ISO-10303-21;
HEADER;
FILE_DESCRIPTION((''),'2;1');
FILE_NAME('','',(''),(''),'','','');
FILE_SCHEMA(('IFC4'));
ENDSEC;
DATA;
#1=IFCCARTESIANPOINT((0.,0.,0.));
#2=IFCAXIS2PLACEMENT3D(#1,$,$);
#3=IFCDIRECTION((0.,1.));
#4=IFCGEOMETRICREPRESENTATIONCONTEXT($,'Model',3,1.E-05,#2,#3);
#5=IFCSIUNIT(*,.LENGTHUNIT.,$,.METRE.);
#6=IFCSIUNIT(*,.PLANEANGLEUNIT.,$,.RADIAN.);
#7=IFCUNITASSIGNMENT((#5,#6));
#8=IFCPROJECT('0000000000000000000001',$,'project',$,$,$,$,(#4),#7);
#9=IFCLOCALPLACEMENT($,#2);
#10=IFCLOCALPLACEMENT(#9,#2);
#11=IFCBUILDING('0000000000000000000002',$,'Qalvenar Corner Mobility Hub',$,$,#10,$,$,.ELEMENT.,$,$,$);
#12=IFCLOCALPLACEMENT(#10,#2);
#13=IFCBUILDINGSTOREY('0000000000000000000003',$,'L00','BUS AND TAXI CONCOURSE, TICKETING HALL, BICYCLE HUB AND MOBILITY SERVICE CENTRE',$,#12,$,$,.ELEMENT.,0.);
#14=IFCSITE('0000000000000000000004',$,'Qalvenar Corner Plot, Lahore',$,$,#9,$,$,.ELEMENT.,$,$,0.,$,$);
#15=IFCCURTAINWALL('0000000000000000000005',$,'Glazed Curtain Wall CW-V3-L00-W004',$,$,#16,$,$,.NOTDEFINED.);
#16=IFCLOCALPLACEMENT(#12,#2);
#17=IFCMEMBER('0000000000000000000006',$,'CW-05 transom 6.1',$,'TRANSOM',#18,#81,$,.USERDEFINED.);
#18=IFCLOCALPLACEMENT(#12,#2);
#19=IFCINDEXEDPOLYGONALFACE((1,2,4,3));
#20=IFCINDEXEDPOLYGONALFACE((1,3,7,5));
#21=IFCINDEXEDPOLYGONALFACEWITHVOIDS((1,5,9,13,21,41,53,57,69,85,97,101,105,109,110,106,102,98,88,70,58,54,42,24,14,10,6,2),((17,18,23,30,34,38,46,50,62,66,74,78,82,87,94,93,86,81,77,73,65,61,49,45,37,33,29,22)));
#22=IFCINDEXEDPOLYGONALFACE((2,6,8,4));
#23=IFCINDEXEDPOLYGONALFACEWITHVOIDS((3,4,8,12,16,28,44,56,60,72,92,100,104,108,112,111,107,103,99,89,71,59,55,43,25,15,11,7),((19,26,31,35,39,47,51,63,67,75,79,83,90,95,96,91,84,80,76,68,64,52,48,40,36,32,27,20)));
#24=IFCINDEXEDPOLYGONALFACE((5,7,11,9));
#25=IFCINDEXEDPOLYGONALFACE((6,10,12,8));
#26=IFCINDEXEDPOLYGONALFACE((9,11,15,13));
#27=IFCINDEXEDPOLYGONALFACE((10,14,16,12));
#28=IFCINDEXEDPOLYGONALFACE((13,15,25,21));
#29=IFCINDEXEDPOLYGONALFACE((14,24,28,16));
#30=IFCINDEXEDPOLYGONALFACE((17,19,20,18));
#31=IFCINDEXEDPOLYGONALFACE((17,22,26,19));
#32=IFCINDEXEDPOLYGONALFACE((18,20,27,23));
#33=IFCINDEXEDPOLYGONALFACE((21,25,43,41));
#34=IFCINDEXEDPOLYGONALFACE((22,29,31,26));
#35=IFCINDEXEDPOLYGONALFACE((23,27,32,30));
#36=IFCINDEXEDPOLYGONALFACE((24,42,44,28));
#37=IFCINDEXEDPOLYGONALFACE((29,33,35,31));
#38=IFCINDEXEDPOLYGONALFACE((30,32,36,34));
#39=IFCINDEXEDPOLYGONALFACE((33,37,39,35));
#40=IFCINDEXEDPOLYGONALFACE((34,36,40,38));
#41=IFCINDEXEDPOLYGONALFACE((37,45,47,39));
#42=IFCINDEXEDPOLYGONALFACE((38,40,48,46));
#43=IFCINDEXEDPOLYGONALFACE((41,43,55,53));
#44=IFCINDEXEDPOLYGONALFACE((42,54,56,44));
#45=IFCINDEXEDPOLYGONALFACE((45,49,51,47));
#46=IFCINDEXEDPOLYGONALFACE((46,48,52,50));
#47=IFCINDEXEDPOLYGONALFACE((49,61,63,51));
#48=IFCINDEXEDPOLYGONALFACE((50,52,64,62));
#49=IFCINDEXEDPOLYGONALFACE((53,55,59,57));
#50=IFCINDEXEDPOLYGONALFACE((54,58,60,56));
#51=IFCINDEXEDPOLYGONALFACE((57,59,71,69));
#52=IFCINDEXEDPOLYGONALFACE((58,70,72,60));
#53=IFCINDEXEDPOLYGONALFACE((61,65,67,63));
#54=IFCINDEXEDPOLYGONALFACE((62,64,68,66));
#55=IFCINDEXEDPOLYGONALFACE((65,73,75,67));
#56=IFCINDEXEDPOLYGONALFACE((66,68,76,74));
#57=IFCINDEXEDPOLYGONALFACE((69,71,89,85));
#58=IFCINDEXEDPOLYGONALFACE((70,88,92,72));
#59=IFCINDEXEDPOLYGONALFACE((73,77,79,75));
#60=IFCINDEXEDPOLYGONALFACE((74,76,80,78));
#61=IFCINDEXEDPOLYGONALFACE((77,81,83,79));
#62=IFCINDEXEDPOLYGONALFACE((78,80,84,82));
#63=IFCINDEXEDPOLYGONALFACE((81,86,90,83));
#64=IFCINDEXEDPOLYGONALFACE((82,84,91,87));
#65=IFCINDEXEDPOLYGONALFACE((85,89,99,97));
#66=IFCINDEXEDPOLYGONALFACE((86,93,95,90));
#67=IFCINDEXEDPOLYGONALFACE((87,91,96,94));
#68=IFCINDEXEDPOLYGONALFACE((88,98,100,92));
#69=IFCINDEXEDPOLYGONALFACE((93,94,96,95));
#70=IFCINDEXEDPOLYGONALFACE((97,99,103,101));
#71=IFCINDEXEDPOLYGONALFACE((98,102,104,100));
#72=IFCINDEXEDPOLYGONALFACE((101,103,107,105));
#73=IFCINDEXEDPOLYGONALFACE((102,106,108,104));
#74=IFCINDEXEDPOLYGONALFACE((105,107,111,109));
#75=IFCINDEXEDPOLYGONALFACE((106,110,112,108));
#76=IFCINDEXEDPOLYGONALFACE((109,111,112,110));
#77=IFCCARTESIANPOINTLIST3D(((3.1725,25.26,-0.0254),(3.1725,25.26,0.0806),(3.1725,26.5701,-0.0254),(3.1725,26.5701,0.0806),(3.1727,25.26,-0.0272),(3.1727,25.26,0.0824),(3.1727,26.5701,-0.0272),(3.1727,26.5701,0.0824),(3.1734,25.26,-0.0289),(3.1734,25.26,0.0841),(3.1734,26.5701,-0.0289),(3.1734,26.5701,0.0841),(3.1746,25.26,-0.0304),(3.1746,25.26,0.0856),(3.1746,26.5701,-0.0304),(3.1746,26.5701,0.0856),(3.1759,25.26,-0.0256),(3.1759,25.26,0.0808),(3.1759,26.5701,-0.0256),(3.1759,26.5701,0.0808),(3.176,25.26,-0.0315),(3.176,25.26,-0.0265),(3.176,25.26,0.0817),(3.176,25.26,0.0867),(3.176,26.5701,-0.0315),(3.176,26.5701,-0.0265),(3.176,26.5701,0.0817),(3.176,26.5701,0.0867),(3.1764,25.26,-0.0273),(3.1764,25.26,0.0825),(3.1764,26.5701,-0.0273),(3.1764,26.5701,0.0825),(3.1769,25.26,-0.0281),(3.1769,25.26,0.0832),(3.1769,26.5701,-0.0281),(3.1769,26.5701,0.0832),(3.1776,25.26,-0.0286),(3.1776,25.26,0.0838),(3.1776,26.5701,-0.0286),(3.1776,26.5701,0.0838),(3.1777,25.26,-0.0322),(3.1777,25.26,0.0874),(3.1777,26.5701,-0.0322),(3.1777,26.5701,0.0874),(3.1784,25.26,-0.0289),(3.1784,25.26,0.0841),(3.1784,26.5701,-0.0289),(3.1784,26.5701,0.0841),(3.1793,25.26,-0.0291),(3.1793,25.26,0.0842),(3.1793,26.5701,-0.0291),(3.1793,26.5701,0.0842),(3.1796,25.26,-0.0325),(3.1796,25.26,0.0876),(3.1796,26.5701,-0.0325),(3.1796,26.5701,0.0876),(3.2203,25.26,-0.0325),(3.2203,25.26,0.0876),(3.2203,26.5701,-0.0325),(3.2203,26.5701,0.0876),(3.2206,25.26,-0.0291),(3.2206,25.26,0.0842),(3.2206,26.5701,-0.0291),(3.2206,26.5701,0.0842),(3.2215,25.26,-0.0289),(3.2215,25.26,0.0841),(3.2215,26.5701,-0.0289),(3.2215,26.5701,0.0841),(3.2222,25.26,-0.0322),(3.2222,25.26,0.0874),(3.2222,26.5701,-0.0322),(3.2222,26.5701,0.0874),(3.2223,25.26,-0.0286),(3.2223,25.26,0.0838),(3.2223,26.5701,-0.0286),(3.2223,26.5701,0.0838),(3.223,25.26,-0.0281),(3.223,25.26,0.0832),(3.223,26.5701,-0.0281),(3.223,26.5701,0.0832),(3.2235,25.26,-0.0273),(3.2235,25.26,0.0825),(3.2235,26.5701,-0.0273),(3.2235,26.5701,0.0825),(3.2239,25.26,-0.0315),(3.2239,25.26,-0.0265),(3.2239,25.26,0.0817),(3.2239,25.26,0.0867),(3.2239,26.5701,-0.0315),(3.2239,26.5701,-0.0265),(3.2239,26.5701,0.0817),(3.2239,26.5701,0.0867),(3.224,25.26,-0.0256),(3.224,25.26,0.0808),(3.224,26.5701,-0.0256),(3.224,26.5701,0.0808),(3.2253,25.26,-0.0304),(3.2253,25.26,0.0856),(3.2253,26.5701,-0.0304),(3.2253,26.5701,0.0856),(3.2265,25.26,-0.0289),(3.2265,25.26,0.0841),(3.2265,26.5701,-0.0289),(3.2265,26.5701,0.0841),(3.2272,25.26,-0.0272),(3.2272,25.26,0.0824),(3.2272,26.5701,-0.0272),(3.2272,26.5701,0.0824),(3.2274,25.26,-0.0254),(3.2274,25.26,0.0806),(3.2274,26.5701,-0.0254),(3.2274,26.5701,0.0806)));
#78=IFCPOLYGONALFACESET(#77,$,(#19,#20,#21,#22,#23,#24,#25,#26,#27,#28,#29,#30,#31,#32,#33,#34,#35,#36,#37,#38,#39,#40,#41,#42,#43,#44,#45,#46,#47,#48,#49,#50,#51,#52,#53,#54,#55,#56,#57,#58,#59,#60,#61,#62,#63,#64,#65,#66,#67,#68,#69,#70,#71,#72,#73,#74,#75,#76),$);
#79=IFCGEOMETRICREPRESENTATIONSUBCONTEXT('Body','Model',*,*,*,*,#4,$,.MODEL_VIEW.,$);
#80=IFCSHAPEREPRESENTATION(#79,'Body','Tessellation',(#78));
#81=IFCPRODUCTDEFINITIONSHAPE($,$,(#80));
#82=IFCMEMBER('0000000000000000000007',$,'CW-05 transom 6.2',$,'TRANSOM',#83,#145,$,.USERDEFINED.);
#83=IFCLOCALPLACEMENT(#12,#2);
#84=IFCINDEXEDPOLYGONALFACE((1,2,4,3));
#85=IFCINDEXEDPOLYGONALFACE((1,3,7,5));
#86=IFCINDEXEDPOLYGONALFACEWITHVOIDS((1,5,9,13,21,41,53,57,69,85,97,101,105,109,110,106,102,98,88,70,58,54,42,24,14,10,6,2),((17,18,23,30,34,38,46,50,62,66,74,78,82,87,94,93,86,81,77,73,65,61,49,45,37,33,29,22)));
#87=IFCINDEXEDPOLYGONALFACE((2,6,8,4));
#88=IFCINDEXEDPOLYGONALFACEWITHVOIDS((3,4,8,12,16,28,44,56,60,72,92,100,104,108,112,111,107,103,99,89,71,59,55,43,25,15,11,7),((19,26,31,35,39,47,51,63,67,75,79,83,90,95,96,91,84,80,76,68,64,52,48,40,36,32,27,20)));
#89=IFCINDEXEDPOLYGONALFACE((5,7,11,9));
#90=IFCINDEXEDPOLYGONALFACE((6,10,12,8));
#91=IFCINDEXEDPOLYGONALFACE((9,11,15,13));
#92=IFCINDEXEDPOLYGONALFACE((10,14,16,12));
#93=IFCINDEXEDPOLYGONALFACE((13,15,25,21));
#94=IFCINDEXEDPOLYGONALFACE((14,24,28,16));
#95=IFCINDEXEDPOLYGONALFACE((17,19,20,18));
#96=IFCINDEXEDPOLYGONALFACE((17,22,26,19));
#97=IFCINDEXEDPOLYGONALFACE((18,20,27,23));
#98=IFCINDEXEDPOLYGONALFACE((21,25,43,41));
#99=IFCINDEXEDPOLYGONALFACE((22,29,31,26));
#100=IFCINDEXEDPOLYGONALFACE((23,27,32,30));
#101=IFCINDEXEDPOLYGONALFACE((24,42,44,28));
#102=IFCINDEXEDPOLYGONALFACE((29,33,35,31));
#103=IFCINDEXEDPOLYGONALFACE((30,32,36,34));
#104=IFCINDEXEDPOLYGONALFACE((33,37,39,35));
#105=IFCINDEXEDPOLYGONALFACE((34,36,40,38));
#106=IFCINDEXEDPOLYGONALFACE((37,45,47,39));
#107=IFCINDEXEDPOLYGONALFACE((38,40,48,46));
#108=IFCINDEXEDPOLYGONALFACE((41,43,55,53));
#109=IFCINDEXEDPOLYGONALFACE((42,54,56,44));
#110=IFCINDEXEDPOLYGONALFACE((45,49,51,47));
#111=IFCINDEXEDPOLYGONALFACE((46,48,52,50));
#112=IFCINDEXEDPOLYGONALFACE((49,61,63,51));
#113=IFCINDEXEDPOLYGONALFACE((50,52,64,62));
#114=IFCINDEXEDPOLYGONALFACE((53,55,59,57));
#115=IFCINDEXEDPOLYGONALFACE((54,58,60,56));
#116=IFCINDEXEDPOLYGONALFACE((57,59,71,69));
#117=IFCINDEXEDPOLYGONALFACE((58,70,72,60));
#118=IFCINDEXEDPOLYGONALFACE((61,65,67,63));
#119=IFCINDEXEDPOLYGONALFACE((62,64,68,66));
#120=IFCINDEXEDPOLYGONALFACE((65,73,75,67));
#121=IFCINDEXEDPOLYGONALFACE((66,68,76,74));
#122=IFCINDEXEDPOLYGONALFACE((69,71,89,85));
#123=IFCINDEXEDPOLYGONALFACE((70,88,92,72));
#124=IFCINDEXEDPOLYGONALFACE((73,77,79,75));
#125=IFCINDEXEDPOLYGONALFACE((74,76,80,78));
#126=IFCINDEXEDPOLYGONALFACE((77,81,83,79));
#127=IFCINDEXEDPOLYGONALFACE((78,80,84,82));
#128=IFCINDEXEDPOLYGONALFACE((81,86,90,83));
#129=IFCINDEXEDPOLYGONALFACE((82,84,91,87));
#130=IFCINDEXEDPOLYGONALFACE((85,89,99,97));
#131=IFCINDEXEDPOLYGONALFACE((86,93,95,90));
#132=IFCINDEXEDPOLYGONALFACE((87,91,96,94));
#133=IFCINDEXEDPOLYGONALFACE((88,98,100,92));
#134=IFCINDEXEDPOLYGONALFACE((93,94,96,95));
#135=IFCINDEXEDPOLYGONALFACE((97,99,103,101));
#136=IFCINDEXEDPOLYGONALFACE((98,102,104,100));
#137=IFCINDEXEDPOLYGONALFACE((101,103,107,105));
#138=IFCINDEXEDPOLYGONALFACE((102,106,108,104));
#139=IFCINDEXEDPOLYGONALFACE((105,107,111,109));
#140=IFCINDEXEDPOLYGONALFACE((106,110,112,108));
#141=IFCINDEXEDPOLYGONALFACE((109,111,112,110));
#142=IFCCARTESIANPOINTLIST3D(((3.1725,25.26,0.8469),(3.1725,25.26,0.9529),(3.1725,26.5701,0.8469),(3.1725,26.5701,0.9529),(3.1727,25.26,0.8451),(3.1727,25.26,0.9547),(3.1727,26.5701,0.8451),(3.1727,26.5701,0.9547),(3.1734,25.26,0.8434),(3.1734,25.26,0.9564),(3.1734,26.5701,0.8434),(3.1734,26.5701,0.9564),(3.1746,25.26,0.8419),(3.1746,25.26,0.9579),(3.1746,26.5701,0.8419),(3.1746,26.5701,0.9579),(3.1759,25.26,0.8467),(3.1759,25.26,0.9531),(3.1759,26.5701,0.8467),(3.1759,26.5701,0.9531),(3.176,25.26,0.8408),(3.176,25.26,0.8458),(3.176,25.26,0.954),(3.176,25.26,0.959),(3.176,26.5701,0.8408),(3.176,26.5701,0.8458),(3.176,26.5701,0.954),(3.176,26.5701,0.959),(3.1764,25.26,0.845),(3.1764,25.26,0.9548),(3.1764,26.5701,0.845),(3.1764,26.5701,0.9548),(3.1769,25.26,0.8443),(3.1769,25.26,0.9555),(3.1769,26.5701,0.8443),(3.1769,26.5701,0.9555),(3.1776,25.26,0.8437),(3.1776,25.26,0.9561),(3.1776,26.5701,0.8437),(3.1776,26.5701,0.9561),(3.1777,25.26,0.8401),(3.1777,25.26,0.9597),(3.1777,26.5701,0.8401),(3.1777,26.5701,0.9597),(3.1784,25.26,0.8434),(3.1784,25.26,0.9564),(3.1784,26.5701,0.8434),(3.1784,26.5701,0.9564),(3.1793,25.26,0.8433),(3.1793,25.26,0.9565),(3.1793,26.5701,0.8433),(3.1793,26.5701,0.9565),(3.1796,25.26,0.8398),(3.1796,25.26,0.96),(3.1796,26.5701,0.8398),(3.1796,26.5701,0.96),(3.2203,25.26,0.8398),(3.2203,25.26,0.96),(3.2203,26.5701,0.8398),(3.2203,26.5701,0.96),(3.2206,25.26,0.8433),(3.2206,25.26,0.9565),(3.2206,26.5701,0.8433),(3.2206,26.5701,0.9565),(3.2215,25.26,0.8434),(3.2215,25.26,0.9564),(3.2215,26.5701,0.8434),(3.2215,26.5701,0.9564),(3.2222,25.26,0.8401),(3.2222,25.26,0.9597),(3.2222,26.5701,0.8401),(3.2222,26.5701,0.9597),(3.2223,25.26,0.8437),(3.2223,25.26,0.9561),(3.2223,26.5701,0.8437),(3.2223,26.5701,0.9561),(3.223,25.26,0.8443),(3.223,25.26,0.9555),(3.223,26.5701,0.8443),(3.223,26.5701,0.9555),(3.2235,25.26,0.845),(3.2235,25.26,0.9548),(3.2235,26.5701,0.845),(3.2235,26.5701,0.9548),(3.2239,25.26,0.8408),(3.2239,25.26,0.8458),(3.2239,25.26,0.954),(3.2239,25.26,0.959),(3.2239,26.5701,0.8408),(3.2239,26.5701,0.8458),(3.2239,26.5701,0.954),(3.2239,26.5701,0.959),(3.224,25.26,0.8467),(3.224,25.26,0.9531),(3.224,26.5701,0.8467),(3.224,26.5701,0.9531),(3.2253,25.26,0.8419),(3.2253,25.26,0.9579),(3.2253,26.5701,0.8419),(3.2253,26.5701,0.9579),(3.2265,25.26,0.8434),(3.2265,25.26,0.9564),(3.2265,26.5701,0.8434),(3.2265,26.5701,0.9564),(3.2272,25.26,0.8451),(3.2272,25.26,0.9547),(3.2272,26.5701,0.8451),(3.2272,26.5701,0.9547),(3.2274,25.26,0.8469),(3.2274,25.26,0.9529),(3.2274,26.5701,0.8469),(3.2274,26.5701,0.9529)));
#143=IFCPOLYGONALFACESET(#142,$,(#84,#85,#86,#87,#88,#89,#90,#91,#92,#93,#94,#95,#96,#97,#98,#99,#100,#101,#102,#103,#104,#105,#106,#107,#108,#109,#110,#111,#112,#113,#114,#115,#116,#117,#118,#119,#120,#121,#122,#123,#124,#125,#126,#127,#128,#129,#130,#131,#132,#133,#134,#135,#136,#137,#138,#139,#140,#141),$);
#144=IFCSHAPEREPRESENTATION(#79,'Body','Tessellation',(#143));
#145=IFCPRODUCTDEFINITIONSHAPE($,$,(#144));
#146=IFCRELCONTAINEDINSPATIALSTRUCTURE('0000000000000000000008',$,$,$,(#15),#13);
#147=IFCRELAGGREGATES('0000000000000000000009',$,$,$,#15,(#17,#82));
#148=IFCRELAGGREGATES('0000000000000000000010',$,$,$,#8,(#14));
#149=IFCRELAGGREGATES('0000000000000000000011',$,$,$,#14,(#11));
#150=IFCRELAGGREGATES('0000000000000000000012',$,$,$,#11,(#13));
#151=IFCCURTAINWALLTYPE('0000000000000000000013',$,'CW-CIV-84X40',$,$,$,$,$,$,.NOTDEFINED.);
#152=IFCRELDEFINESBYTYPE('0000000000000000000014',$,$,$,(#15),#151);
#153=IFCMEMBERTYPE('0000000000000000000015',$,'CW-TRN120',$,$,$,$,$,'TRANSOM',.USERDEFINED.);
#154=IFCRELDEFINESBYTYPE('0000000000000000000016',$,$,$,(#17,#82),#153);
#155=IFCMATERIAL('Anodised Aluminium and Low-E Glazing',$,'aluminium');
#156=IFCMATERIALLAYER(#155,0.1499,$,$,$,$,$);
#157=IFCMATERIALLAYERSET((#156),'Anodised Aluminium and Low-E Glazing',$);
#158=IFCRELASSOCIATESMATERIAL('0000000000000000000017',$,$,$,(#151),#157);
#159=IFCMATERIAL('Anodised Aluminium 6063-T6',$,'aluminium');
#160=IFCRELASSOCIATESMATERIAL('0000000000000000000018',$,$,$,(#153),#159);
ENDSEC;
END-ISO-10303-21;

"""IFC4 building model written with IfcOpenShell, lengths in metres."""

from ifc_helpers import new_model, si_unit, direction, frame, origin, origin_2d, place, context, subcontext, project, spatial, hollow_rectangle, extrude, material, layer, layer_set, material_profile, profile_set, type_object, element, aggregate, save


model = new_model("IFC4")

# Units and contexts
model_context = context("Model", 3, precision=1e-05, world=origin(), true_north=direction((0.0, 1.0)))
body_context = subcontext(model_context, "Body", "Model", "MODEL_VIEW")
ifc_project = project(units=[si_unit("LENGTHUNIT", "METRE"), si_unit("PLANEANGLEUNIT", "RADIAN")], contexts=[model_context])

# Site, building, storey
site_placement = place(None, origin())
site = spatial("IfcSite", under=ifc_project, at=site_placement, Name="Qalvenar Corner Plot, Lahore", CompositionType="ELEMENT", RefElevation=0.0)
building_placement = place(site_placement, origin())
building = spatial("IfcBuilding", under=site, at=building_placement, Name="Qalvenar Corner Mobility Hub", CompositionType="ELEMENT")
storey_placement = place(building_placement, origin())
storey = spatial("IfcBuildingStorey", under=building, at=storey_placement, Name="L00", Description="BUS AND TAXI CONCOURSE, TICKETING HALL, BICYCLE HUB AND MOBILITY SERVICE CENTRE", CompositionType="ELEMENT", Elevation=0.0)

# Curtain wall, members
ifc_material_1 = material(Name="Anodised Aluminium and Low-E Glazing", Category="aluminium")
ifc_layer_1 = layer(ifc_material_1, 0.1499)
ifc_layer_set_1 = layer_set([ifc_layer_1], Name="Anodised Aluminium and Low-E Glazing")
curtain_wall_type = type_object("IfcCurtainWallType", Name="CW-CIV-84X40", PredefinedType="NOTDEFINED", material=ifc_layer_set_1)
curtain_wall_placement = place(storey_placement, origin())
curtain_wall = element("IfcCurtainWall", 1, at=curtain_wall_placement, inside=storey, type_object=curtain_wall_type, Name="Glazed Curtain Wall CW-V3-L00-W004", PredefinedType="NOTDEFINED")
ifc_material_2 = material(Name="Anodised Aluminium 6063-T6", Category="aluminium")
ifc_material_profile_1 = material_profile(ifc_material_2, hollow_rectangle(XDim=0.0549, YDim=0.1201, WallThickness=0.0034, InnerFilletRadius=0.0034, OuterFilletRadius=0.0071, at=origin_2d()), Name="RHS120x55x3.5")
ifc_profile_set_1 = profile_set([ifc_material_profile_1], Name="Anodised Aluminium 6063-T6")
member_type_1 = type_object("IfcMemberType", Name="CW-TRN120", ElementType="TRANSOM", PredefinedType="USERDEFINED", material=ifc_profile_set_1)
member_1_placement = place(storey_placement, frame((3.2, 26.5701, 0.0276), z_axis=(0.0, -1.0, 0.0), x_axis=(1.0, 0.0, 0.0)))
member_1 = element("IfcMember", 2, at=member_1_placement, type_object=member_type_1, Name="CW-05 transom 6.1", ObjectType="TRANSOM", PredefinedType="USERDEFINED", context=body_context, shape_type="SweptSolid", body=[
    extrude(hollow_rectangle(XDim=0.0549, YDim=0.1201, WallThickness=0.0034, InnerFilletRadius=0.0034, OuterFilletRadius=0.0071, at=origin_2d()), origin(), (0.0, 0.0, 1.0), 1.3101),
])
member_2_placement = place(storey_placement, frame((3.2, 26.5701, 0.8999), z_axis=(0.0, -1.0, 0.0), x_axis=(1.0, 0.0, 0.0)))
member_2 = element("IfcMember", 3, at=member_2_placement, type_object=member_type_1, Name="CW-05 transom 6.2", ObjectType="TRANSOM", PredefinedType="USERDEFINED", context=body_context, shape_type="SweptSolid", body=[
    extrude(hollow_rectangle(XDim=0.0549, YDim=0.1201, WallThickness=0.0034, InnerFilletRadius=0.0034, OuterFilletRadius=0.0071, at=origin_2d()), origin(), (0.0, 0.0, 1.0), 1.3101),
])
aggregate(curtain_wall, [member_1, member_2])

save(model, "model.ifc")
